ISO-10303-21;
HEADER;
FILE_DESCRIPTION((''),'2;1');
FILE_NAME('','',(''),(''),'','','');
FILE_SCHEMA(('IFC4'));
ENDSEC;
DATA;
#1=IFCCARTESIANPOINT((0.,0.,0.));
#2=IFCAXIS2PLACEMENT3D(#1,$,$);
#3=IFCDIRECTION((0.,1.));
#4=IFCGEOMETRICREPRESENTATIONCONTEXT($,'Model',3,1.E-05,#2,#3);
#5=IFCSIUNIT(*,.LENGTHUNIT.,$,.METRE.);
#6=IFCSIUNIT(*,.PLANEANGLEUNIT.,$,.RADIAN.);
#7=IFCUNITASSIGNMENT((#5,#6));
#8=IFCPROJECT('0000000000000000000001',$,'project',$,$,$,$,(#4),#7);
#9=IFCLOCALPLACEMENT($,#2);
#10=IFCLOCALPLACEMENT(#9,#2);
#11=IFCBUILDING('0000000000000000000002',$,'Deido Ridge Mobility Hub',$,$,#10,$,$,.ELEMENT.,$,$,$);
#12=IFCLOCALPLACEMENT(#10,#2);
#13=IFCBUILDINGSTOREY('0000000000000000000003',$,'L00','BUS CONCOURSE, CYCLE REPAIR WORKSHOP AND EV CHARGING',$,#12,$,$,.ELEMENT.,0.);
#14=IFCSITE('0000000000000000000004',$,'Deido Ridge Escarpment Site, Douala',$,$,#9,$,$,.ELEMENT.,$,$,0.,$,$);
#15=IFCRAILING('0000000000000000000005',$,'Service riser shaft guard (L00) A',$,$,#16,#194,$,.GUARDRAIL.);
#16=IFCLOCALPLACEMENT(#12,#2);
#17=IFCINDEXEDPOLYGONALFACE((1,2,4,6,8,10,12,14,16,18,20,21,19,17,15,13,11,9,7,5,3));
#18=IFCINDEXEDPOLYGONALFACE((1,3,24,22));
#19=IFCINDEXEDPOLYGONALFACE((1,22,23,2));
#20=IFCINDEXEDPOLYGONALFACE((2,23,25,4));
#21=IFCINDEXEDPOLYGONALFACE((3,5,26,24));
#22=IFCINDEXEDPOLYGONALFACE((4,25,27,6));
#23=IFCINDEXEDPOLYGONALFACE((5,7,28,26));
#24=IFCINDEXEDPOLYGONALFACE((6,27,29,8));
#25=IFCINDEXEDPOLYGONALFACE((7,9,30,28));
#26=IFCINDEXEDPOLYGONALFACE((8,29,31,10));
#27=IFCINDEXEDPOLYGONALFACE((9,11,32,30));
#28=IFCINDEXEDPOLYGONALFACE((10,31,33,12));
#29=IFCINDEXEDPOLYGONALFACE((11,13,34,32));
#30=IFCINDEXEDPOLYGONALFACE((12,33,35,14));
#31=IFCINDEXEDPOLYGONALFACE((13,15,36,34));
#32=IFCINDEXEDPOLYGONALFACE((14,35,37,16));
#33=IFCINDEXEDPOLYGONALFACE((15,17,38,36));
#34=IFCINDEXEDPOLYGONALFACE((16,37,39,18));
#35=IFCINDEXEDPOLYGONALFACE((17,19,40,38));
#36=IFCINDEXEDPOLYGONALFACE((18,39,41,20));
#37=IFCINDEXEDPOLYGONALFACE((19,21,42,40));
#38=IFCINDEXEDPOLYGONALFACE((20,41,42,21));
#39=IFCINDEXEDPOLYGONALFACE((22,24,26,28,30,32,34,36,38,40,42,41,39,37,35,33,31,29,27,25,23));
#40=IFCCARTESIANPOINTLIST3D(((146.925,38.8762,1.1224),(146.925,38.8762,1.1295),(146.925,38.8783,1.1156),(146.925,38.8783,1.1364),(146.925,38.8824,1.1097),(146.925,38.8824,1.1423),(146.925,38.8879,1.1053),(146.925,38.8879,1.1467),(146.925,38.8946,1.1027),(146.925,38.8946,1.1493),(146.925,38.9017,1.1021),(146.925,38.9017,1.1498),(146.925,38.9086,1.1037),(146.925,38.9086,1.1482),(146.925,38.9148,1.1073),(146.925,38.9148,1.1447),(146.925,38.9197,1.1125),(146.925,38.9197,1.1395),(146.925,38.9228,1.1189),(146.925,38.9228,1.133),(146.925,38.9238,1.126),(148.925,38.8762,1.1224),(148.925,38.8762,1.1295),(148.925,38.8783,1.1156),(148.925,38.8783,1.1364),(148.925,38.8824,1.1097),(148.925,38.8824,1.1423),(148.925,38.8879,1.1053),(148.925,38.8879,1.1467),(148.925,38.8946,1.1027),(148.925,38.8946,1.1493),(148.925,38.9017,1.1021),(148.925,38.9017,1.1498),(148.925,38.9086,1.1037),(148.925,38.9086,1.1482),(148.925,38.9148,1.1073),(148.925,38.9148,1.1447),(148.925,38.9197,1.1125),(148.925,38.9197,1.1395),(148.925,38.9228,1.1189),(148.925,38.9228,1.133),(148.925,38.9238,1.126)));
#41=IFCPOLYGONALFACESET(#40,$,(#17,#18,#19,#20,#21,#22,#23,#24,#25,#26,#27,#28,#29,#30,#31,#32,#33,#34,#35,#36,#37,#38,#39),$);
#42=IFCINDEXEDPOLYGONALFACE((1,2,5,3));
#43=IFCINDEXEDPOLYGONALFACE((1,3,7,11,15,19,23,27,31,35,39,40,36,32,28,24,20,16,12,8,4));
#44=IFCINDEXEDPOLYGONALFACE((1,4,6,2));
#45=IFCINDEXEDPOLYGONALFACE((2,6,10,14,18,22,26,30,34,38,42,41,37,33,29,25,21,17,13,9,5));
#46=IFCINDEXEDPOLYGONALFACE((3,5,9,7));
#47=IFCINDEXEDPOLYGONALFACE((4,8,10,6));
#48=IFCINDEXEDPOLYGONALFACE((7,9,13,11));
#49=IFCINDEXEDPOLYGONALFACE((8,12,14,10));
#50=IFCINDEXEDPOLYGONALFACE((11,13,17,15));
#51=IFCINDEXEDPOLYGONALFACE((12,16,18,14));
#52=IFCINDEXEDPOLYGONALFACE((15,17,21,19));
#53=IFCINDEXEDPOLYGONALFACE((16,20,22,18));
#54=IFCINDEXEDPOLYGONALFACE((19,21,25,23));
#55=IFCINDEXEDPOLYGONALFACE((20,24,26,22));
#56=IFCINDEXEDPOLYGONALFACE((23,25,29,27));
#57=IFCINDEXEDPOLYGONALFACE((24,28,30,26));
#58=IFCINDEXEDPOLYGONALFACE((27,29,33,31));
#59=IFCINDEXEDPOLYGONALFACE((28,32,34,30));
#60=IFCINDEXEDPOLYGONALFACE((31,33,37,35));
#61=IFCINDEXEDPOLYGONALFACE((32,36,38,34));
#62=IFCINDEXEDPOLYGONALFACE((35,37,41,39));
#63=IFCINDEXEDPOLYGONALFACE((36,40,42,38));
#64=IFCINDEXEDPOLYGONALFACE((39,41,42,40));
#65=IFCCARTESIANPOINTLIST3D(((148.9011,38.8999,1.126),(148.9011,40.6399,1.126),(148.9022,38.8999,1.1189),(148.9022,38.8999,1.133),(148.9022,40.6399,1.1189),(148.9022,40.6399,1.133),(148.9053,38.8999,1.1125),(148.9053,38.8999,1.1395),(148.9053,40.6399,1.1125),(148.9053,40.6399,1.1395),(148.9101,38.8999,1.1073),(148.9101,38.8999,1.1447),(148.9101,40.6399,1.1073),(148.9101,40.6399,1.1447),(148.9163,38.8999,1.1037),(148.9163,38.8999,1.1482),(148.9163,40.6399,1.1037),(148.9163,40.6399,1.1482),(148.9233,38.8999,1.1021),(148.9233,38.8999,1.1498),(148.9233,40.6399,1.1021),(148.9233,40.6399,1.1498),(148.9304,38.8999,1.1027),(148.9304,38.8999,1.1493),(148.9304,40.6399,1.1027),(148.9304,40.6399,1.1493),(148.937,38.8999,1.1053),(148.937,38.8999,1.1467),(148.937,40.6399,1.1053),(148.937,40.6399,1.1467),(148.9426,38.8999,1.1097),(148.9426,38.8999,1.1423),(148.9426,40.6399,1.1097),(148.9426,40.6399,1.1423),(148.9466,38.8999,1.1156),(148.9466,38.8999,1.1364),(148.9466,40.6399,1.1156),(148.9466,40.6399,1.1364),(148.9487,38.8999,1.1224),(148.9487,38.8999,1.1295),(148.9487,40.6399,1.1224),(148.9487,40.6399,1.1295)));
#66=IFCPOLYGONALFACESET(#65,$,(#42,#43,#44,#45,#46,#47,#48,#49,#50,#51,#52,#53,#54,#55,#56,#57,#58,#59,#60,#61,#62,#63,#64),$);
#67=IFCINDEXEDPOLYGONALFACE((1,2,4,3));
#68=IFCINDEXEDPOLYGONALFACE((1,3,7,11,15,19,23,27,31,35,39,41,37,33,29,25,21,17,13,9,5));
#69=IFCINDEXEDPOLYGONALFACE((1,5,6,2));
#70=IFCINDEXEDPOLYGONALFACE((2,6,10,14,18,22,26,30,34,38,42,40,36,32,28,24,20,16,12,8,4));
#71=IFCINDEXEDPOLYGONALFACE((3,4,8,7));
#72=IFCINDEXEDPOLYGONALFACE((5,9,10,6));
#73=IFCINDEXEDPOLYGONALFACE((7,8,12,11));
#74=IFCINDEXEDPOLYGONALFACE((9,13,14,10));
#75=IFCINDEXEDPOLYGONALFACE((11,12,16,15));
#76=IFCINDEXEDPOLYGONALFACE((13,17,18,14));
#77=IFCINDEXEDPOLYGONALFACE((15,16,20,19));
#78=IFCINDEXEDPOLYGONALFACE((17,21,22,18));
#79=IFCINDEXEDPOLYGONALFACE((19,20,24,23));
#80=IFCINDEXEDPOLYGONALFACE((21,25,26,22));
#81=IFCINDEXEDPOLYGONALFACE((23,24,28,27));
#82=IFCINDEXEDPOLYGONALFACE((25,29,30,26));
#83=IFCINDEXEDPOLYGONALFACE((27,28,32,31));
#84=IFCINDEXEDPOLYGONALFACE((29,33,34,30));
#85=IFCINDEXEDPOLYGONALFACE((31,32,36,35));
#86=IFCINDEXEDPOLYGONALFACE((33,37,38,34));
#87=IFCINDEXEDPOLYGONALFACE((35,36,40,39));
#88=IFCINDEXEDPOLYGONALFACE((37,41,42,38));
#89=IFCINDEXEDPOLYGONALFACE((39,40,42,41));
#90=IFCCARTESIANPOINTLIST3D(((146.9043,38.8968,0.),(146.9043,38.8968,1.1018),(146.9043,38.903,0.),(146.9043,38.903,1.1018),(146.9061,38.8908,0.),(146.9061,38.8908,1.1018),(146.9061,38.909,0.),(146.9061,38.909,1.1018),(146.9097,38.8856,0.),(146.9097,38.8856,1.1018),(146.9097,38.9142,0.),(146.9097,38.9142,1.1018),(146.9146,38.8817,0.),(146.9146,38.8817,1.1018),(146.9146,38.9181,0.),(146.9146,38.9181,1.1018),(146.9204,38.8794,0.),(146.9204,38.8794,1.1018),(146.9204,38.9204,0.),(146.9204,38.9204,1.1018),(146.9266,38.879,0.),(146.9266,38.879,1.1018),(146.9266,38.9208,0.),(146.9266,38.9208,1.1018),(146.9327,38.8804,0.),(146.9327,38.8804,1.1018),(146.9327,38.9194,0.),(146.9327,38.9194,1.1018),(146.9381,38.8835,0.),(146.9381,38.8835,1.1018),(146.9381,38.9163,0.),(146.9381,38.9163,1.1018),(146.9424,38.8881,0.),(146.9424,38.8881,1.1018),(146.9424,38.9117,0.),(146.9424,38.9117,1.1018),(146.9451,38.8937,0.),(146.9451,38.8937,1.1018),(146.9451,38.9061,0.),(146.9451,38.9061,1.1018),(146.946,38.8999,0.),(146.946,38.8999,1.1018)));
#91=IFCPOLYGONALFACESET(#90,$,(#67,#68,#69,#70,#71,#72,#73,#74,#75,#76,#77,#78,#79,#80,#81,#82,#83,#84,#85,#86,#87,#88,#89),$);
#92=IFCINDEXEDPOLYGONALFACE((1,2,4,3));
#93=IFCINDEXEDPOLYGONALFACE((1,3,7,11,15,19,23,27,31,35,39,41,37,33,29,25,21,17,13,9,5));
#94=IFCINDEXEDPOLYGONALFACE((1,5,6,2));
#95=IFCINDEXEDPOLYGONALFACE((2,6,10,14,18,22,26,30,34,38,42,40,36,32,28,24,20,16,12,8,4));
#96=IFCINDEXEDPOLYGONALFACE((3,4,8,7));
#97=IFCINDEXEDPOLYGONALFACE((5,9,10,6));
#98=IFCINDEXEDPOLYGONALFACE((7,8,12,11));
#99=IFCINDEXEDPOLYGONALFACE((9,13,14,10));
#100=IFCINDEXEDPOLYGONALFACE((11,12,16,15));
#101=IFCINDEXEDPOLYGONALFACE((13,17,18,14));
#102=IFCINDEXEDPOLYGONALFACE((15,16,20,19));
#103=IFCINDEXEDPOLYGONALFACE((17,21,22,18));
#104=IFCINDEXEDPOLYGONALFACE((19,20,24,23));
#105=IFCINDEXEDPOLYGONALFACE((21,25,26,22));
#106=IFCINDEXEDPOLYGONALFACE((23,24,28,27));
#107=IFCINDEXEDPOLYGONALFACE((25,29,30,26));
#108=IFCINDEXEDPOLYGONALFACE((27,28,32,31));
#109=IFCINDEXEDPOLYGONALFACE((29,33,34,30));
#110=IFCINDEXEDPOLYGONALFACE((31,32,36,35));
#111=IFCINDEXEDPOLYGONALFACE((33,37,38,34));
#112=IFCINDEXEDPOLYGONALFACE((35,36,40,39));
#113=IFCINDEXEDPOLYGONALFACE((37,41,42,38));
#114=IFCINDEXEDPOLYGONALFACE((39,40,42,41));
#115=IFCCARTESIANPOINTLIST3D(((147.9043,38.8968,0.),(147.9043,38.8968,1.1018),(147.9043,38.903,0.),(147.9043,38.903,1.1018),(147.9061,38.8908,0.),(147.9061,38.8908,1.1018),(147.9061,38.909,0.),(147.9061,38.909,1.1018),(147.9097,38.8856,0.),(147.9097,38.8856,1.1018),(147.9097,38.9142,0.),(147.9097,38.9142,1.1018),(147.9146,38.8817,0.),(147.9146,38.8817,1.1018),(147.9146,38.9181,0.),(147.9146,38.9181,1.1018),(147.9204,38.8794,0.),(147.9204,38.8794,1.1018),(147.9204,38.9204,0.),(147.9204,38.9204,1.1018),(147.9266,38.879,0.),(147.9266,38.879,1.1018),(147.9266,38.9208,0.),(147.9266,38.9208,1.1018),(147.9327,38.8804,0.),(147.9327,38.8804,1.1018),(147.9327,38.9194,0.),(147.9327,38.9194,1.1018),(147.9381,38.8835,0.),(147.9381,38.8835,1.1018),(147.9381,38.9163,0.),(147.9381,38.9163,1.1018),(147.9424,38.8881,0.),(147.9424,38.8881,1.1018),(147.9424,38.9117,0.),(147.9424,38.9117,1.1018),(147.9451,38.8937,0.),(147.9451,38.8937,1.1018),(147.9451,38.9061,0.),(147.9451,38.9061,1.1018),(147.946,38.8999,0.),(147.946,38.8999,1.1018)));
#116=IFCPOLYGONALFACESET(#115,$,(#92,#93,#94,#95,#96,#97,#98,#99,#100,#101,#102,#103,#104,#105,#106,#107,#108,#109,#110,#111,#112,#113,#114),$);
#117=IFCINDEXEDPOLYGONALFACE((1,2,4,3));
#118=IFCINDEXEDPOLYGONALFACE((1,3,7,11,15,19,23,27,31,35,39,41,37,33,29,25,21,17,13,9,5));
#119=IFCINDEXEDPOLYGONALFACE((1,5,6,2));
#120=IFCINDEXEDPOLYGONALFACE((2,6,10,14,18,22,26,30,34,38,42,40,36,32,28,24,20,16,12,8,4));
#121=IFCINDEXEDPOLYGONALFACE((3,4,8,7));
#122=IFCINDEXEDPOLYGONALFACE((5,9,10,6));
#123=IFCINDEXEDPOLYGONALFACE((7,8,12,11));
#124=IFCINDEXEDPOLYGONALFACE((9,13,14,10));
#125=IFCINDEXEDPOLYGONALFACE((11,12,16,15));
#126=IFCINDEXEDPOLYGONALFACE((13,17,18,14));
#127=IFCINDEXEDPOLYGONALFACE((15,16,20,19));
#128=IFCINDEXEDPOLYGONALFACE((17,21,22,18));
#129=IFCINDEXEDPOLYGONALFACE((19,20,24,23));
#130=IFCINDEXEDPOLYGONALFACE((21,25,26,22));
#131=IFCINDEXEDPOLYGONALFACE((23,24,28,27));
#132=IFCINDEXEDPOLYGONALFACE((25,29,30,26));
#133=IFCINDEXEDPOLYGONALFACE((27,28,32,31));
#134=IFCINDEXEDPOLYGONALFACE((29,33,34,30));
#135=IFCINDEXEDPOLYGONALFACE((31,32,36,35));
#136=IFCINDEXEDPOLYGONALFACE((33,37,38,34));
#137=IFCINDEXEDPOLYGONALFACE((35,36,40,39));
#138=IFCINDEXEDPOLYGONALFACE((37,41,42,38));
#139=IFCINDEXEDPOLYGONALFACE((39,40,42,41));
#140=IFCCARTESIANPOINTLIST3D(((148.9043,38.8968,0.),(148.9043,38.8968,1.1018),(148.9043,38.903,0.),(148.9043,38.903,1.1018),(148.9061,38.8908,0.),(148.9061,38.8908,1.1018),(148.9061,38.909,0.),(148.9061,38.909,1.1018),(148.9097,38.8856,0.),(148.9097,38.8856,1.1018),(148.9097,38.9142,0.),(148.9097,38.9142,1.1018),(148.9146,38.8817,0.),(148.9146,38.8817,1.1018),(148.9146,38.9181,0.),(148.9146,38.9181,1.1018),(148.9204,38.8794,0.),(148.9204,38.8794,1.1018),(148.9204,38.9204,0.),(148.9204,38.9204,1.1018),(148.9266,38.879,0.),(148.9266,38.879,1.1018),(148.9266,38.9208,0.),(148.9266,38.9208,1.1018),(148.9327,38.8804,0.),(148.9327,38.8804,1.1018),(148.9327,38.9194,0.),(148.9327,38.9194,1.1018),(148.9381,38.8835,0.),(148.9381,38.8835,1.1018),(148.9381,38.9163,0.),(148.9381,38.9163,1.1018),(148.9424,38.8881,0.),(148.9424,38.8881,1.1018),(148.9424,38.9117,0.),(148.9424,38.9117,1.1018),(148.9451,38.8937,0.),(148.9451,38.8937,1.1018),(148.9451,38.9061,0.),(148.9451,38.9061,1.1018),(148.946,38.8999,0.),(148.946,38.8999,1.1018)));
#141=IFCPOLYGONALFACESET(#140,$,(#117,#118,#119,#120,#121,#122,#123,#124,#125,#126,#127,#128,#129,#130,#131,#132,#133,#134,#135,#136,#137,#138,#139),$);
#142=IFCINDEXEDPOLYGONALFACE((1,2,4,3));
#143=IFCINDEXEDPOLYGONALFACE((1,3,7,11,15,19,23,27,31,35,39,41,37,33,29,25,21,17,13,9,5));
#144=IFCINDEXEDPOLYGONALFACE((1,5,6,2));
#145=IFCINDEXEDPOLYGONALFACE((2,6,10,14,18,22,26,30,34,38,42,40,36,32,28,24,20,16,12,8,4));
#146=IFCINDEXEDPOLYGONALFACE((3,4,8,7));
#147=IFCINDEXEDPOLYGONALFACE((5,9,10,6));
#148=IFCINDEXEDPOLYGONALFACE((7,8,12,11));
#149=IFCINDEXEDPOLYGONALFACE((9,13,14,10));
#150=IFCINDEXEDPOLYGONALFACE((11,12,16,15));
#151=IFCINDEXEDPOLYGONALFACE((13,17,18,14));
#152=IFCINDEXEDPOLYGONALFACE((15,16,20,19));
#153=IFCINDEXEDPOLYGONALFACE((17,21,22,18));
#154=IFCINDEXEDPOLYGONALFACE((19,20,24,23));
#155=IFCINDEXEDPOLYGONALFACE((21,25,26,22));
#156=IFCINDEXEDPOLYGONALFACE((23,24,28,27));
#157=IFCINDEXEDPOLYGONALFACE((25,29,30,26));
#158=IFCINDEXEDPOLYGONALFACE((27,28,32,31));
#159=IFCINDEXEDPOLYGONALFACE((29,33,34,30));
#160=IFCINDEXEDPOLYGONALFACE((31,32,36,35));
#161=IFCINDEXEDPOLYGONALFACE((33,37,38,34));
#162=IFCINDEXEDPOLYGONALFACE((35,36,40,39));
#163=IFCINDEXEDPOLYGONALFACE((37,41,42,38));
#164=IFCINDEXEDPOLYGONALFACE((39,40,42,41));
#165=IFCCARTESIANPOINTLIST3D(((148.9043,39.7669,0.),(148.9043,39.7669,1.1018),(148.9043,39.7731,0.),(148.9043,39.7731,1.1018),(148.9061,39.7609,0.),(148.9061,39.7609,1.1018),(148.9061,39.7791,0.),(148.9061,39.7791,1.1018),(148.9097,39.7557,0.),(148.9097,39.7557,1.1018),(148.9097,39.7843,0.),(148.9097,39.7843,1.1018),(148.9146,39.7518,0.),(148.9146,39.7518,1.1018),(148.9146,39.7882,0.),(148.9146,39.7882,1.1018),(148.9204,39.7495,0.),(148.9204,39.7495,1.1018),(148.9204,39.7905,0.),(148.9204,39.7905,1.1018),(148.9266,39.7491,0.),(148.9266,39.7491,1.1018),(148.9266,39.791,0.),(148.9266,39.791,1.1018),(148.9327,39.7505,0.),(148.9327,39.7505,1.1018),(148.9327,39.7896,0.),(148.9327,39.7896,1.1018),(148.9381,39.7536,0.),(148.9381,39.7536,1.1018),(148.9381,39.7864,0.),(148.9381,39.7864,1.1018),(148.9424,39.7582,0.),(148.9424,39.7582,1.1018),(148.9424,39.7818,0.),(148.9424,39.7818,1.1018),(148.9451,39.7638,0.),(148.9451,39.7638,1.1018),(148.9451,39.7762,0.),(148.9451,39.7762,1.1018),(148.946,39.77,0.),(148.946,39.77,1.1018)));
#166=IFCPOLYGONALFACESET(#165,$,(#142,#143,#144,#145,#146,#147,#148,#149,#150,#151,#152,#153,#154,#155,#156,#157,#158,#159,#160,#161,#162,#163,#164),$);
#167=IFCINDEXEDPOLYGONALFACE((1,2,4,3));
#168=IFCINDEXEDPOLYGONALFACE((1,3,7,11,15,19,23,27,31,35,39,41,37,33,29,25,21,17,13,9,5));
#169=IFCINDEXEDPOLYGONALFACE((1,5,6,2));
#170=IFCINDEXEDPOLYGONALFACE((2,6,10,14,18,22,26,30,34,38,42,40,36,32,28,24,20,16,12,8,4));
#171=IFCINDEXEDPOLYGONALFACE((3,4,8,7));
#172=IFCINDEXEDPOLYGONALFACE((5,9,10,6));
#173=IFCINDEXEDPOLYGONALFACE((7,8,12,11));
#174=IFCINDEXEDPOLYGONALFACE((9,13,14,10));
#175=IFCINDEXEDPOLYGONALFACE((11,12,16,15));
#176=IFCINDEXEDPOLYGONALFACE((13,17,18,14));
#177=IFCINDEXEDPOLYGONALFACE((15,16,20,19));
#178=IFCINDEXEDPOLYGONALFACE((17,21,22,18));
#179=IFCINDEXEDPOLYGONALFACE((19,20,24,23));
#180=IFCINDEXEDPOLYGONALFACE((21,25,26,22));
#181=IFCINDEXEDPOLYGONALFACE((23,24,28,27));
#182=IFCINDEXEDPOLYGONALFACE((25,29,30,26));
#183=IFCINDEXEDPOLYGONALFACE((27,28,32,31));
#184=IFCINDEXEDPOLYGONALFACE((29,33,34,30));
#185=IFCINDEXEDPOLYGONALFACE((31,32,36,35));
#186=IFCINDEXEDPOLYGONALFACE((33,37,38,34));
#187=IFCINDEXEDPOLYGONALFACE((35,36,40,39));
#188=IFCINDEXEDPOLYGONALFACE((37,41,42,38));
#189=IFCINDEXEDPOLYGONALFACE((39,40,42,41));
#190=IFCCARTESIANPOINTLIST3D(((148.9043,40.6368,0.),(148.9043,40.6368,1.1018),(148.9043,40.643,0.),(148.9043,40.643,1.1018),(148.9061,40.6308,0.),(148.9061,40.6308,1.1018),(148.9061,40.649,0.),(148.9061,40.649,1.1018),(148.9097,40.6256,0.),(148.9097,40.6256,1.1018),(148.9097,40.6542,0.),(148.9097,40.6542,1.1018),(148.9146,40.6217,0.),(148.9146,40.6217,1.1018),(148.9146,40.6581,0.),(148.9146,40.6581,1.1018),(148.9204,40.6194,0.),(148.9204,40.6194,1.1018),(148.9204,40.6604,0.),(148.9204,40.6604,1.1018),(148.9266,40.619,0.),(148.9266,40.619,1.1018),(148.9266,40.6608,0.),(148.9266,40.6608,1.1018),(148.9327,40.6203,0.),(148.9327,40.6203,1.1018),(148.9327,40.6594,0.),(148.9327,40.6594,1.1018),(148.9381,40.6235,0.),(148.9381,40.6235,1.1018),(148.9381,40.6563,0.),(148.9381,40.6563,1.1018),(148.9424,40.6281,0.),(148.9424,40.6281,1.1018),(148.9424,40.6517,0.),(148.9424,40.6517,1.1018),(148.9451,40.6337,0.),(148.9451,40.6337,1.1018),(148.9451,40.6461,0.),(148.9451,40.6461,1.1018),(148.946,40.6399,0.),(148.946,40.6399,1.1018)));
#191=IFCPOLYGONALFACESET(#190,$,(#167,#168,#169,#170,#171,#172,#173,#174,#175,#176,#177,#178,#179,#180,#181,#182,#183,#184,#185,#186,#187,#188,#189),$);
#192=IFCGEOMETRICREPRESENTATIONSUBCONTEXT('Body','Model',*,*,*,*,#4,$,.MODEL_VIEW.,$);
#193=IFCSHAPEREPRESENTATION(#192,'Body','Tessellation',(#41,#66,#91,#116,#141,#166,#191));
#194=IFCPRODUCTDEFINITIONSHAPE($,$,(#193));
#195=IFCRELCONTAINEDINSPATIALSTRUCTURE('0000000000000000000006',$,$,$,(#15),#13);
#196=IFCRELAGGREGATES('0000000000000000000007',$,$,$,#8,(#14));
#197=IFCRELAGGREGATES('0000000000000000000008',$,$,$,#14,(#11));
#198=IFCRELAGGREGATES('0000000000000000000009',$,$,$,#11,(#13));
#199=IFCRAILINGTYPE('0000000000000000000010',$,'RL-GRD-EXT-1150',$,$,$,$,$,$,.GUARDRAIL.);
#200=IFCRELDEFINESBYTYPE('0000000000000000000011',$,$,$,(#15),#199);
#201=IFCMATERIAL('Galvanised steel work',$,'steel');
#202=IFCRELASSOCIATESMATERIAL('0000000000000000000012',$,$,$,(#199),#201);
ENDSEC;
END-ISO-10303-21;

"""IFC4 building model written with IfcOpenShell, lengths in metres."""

from ifc_helpers import new_model, si_unit, direction, frame, origin, origin_2d, place, context, subcontext, project, spatial, circle, extrude, material, type_object, element, save


model = new_model("IFC4")

# Units and contexts
model_context = context("Model", 3, precision=1e-05, world=origin(), true_north=direction((0.0, 1.0)))
body_context = subcontext(model_context, "Body", "Model", "MODEL_VIEW")
ifc_project = project(units=[si_unit("LENGTHUNIT", "METRE"), si_unit("PLANEANGLEUNIT", "RADIAN")], contexts=[model_context])

# Site, building, storey
site_placement = place(None, origin())
site = spatial("IfcSite", under=ifc_project, at=site_placement, Name="Deido Ridge Escarpment Site, Douala", CompositionType="ELEMENT", RefElevation=0.0)
building_placement = place(site_placement, origin())
building = spatial("IfcBuilding", under=site, at=building_placement, Name="Deido Ridge Mobility Hub", CompositionType="ELEMENT")
storey_placement = place(building_placement, origin())
storey = spatial("IfcBuildingStorey", under=building, at=storey_placement, Name="L00", Description="BUS CONCOURSE, CYCLE REPAIR WORKSHOP AND EV CHARGING", CompositionType="ELEMENT", Elevation=0.0)

# Railing
ifc_material_1 = material(Name="Galvanised steel work", Category="steel")
railing_type_1 = type_object("IfcRailingType", Name="RL-GRD-EXT-1150", PredefinedType="GUARDRAIL", material=ifc_material_1)
railing_1_placement = place(storey_placement, frame((146.925, 38.8999, 0.0)))
element("IfcRailing", 1, at=railing_1_placement, inside=storey, type_object=railing_type_1, Name="Service riser shaft guard (L00) A", PredefinedType="GUARDRAIL", context=body_context, shape_type="SweptSolid", body=[
    extrude(circle(Radius=0.0239, at=origin_2d()), frame((0.0, 0.0, 1.126), z_axis=(1.0, 0.0, 0.0), x_axis=(0.0, 1.0, 0.0)), (0.0, 0.0, 1.0), 2.0),
    extrude(circle(Radius=0.0239, at=origin_2d()), frame((2.0, 0.0, 1.126), z_axis=(0.0, 1.0, 0.0), x_axis=(-1.0, 0.0, 0.0)), (0.0, 0.0, 1.0), 1.74),
    extrude(circle(Radius=0.021, at=origin_2d()), origin(), (0.0, 0.0, 1.0), 1.1018),
    extrude(circle(Radius=0.021, at=origin_2d()), frame((1.0, 0.0, 0.0)), (0.0, 0.0, 1.0), 1.1018),
    extrude(circle(Radius=0.021, at=origin_2d()), frame((2.0, 0.0, 0.0)), (0.0, 0.0, 1.0), 1.1018),
    extrude(circle(Radius=0.021, at=origin_2d()), frame((2.0, 0.8701, 0.0)), (0.0, 0.0, 1.0), 1.1018),
    extrude(circle(Radius=0.021, at=origin_2d()), frame((2.0, 1.74, 0.0)), (0.0, 0.0, 1.0), 1.1018),
])

save(model, "model.ifc")
